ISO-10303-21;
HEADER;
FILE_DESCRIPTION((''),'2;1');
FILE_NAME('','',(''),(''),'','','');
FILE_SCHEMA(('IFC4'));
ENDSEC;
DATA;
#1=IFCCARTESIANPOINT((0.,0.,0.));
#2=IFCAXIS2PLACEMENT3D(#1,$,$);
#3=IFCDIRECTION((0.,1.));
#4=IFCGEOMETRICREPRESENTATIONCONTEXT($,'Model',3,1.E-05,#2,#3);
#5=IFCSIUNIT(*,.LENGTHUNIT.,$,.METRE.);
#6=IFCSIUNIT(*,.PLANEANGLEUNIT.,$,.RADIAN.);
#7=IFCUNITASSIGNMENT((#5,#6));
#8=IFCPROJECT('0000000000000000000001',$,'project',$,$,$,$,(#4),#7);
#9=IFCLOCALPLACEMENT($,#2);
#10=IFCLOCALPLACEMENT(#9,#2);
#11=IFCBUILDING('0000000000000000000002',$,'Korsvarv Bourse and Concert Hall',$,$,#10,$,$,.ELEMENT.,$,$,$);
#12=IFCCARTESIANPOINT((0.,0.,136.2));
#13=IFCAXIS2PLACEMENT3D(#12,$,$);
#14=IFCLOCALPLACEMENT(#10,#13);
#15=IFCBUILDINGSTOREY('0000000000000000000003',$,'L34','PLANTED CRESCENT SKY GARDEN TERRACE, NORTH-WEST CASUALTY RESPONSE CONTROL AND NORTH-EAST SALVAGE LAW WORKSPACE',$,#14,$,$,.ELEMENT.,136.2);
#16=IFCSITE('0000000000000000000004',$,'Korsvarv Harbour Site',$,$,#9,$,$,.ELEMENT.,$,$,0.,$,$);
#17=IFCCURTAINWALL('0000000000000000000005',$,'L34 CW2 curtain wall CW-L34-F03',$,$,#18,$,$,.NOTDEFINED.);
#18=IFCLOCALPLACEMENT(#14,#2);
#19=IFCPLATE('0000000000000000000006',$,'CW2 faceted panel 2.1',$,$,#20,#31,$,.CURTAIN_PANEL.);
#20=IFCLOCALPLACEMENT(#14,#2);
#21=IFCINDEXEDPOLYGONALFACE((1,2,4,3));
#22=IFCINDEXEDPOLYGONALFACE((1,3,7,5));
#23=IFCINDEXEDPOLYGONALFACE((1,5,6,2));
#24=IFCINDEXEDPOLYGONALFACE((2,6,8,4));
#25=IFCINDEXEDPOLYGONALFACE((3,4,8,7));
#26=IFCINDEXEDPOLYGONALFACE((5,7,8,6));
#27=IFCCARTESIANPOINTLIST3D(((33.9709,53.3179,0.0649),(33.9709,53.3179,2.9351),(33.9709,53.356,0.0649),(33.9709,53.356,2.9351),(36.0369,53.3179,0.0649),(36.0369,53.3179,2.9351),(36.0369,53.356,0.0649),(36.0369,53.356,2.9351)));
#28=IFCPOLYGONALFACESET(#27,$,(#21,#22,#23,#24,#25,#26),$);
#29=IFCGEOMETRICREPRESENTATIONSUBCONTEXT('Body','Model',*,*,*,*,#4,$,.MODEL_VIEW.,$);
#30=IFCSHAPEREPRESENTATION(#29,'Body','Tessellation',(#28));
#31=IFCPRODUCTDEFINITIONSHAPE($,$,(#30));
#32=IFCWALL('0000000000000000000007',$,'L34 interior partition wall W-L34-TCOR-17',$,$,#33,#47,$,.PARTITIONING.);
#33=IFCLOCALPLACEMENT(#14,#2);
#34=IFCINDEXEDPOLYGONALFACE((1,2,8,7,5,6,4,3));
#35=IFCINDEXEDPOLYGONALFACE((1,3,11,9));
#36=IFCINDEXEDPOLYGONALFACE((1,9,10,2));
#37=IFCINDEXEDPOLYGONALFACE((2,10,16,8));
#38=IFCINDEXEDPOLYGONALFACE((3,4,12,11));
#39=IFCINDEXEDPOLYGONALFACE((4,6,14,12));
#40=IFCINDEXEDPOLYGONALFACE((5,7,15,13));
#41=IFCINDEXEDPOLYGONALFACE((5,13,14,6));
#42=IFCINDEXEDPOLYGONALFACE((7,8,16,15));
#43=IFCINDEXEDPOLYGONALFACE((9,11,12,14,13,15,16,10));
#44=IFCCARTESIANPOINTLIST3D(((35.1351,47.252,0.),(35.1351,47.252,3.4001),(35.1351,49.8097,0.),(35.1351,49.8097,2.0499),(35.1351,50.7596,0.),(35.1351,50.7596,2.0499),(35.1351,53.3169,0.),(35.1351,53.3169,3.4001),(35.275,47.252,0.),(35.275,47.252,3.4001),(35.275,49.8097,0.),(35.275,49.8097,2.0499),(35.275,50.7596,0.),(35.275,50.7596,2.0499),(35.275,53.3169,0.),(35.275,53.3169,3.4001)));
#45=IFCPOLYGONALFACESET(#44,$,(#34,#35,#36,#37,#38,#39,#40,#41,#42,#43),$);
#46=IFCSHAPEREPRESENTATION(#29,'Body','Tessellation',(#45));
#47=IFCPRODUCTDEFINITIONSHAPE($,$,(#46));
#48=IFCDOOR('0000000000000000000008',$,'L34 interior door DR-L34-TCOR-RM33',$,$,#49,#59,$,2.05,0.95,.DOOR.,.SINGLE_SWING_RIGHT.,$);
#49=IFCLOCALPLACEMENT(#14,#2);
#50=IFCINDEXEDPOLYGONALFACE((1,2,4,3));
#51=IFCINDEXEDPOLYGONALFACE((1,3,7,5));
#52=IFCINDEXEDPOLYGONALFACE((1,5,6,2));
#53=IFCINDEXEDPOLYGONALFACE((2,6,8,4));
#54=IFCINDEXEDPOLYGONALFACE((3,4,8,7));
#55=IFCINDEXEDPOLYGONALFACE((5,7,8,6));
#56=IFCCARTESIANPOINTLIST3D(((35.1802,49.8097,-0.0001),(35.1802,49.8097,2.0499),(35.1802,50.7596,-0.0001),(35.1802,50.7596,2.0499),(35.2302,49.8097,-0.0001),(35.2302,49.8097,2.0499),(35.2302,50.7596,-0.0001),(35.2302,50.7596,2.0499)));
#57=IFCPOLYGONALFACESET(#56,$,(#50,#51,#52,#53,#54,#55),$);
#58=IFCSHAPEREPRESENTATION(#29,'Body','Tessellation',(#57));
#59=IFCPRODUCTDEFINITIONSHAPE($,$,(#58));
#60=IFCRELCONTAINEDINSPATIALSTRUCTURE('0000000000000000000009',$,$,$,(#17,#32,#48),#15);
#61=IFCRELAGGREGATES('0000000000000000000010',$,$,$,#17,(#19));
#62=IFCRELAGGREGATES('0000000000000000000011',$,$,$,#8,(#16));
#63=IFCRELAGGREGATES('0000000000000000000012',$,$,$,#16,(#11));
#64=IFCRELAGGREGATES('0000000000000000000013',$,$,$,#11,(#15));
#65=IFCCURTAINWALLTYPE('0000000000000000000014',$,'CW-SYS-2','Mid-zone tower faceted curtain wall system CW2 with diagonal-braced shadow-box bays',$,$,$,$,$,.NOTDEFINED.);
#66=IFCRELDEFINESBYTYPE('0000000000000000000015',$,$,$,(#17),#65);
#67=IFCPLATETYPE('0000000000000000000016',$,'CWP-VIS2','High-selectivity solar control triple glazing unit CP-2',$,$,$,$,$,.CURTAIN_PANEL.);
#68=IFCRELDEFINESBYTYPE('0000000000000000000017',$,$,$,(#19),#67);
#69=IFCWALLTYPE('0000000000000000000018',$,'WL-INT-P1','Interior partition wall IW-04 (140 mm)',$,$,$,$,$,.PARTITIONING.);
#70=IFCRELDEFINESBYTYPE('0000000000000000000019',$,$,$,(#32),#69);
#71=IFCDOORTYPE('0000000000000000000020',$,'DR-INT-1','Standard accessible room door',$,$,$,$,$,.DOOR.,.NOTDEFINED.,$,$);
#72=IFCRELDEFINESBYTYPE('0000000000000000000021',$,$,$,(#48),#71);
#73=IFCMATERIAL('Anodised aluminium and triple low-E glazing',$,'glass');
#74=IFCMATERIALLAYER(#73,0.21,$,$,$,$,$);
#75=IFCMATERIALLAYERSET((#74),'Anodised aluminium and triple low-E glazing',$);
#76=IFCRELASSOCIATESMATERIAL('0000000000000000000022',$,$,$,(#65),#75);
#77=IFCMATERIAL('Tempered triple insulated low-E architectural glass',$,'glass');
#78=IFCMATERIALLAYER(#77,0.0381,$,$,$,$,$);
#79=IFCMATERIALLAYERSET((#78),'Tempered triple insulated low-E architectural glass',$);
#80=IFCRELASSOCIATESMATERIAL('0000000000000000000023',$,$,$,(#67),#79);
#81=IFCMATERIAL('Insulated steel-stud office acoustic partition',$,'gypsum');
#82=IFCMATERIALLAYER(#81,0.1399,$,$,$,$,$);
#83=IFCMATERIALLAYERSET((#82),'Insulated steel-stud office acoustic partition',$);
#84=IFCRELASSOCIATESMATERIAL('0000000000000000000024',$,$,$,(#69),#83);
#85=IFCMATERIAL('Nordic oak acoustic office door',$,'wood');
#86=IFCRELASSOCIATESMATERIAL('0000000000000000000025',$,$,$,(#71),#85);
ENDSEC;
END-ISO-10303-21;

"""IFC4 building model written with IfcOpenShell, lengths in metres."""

from ifc_helpers import new_model, si_unit, direction, frame, frame_2d, origin, origin_2d, place, context, subcontext, project, spatial, rectangle, extrude, source, transform, mapped, material, layer, layer_set, type_object, element, fill, aggregate, save


model = new_model("IFC4")

# Units and contexts
model_context = context("Model", 3, precision=1e-05, world=origin(), true_north=direction((0.0, 1.0)))
body_context = subcontext(model_context, "Body", "Model", "MODEL_VIEW")
ifc_project = project(units=[si_unit("LENGTHUNIT", "METRE"), si_unit("PLANEANGLEUNIT", "RADIAN")], contexts=[model_context])

# Site, building, storey
site_placement = place(None, origin())
site = spatial("IfcSite", under=ifc_project, at=site_placement, Name="Korsvarv Harbour Site", CompositionType="ELEMENT", RefElevation=0.0)
building_placement = place(site_placement, origin())
building = spatial("IfcBuilding", under=site, at=building_placement, Name="Korsvarv Bourse and Concert Hall", CompositionType="ELEMENT")
storey_placement = place(building_placement, frame((0.0, 0.0, 136.2)))
storey = spatial("IfcBuildingStorey", under=building, at=storey_placement, Name="L34", Description="PLANTED CRESCENT SKY GARDEN TERRACE, NORTH-WEST CASUALTY RESPONSE CONTROL AND NORTH-EAST SALVAGE LAW WORKSPACE", CompositionType="ELEMENT", Elevation=136.2)

# Curtain wall, plate
ifc_material_1 = material(Name="Anodised aluminium and triple low-E glazing", Category="glass")
ifc_layer_1 = layer(ifc_material_1, 0.21)
ifc_layer_set_1 = layer_set([ifc_layer_1], Name="Anodised aluminium and triple low-E glazing")
curtain_wall_type = type_object("IfcCurtainWallType", Name="CW-SYS-2", Description="Mid-zone tower faceted curtain wall system CW2 with diagonal-braced shadow-box bays", PredefinedType="NOTDEFINED", material=ifc_layer_set_1)
curtain_wall_placement = place(storey_placement, origin())
curtain_wall = element("IfcCurtainWall", 1, at=curtain_wall_placement, inside=storey, type_object=curtain_wall_type, Name="L34 CW2 curtain wall CW-L34-F03", PredefinedType="NOTDEFINED")
ifc_material_2 = material(Name="Tempered triple insulated low-E architectural glass", Category="glass")
ifc_layer_2 = layer(ifc_material_2, 0.0381)
ifc_layer_set_2 = layer_set([ifc_layer_2], Name="Tempered triple insulated low-E architectural glass")
plate_type = type_object("IfcPlateType", Name="CWP-VIS2", Description="High-selectivity solar control triple glazing unit CP-2", PredefinedType="CURTAIN_PANEL", material=ifc_layer_set_2)
shared_shape_1 = source(origin(), body_context, "Body", "SweptSolid", [
    extrude(rectangle(XDim=2.0659, YDim=0.0381, at=origin_2d()), origin(), (0.0, 0.0, 1.0), 2.8701),
])
plate_1_placement = place(storey_placement, frame((35.0039, 53.3369, 0.0649), z_axis=(0.0, 0.0, 1.0), x_axis=(-1.0, 0.0, 0.0)))
plate_1 = element("IfcPlate", 2, at=plate_1_placement, type_object=plate_type, Name="CW2 faceted panel 2.1", PredefinedType="CURTAIN_PANEL", context=body_context, shape_type="MappedRepresentation", body=[
    mapped(shared_shape_1, transform((0.0, 0.0, 0.0), scale=1.0)),
])
aggregate(curtain_wall, [plate_1])

# Wall, opening, door
ifc_material_3 = material(Name="Insulated steel-stud office acoustic partition", Category="gypsum")
ifc_layer_3 = layer(ifc_material_3, 0.1399)
ifc_layer_set_3 = layer_set([ifc_layer_3], Name="Insulated steel-stud office acoustic partition")
wall_type = type_object("IfcWallType", Name="WL-INT-P1", Description="Interior partition wall IW-04 (140 mm)", PredefinedType="PARTITIONING", material=ifc_layer_set_3)
wall_placement = place(storey_placement, frame((35.2051, 47.252, 0.0), z_axis=(0.0, 0.0, 1.0), x_axis=(0.0, 1.0, 0.0)))
wall = element("IfcWall", 3, at=wall_placement, inside=storey, type_object=wall_type, Name="L34 interior partition wall W-L34-TCOR-17", PredefinedType="PARTITIONING", context=body_context, shape_type="SweptSolid", body=[
    extrude(rectangle(XDim=6.0649, YDim=0.1399, at=frame_2d((3.0325, 0.0))), origin(), (0.0, 0.0, 1.0), 3.4001),
])
opening_placement = place(wall_placement, frame((2.5576, 0.0, 0.0)))
opening = element("IfcOpeningElement", 4, at=opening_placement, cuts=wall, PredefinedType="OPENING", context=body_context, shape_type="SweptSolid", body=[
    extrude(rectangle(XDim=0.95, YDim=2.05, at=frame_2d((0.4751, 1.0249))), frame((0.0, 0.0801, 0.0), z_axis=(0.0, -1.0, 0.0), x_axis=(1.0, 0.0, 0.0)), (0.0, 0.0, 1.0), 0.1599),
])
ifc_material_4 = material(Name="Nordic oak acoustic office door", Category="wood")
door_type = type_object("IfcDoorType", Name="DR-INT-1", Description="Standard accessible room door", OperationType="NOTDEFINED", PredefinedType="DOOR", material=ifc_material_4)
door_placement = place(opening_placement, origin())
door = element("IfcDoor", 5, at=door_placement, inside=storey, type_object=door_type, Name="L34 interior door DR-L34-TCOR-RM33", OperationType="SINGLE_SWING_RIGHT", OverallHeight=2.05, OverallWidth=0.95, PredefinedType="DOOR", context=body_context, shape_type="SweptSolid", body=[
    extrude(rectangle(XDim=0.95, YDim=2.05, at=frame_2d((0.4751, 1.0249))), frame((0.0, 0.0249, 0.0), z_axis=(0.0, -1.0, 0.0), x_axis=(1.0, 0.0, 0.0)), (0.0, 0.0, 1.0), 0.05),
])
fill(opening, door)

save(model, "model.ifc")
